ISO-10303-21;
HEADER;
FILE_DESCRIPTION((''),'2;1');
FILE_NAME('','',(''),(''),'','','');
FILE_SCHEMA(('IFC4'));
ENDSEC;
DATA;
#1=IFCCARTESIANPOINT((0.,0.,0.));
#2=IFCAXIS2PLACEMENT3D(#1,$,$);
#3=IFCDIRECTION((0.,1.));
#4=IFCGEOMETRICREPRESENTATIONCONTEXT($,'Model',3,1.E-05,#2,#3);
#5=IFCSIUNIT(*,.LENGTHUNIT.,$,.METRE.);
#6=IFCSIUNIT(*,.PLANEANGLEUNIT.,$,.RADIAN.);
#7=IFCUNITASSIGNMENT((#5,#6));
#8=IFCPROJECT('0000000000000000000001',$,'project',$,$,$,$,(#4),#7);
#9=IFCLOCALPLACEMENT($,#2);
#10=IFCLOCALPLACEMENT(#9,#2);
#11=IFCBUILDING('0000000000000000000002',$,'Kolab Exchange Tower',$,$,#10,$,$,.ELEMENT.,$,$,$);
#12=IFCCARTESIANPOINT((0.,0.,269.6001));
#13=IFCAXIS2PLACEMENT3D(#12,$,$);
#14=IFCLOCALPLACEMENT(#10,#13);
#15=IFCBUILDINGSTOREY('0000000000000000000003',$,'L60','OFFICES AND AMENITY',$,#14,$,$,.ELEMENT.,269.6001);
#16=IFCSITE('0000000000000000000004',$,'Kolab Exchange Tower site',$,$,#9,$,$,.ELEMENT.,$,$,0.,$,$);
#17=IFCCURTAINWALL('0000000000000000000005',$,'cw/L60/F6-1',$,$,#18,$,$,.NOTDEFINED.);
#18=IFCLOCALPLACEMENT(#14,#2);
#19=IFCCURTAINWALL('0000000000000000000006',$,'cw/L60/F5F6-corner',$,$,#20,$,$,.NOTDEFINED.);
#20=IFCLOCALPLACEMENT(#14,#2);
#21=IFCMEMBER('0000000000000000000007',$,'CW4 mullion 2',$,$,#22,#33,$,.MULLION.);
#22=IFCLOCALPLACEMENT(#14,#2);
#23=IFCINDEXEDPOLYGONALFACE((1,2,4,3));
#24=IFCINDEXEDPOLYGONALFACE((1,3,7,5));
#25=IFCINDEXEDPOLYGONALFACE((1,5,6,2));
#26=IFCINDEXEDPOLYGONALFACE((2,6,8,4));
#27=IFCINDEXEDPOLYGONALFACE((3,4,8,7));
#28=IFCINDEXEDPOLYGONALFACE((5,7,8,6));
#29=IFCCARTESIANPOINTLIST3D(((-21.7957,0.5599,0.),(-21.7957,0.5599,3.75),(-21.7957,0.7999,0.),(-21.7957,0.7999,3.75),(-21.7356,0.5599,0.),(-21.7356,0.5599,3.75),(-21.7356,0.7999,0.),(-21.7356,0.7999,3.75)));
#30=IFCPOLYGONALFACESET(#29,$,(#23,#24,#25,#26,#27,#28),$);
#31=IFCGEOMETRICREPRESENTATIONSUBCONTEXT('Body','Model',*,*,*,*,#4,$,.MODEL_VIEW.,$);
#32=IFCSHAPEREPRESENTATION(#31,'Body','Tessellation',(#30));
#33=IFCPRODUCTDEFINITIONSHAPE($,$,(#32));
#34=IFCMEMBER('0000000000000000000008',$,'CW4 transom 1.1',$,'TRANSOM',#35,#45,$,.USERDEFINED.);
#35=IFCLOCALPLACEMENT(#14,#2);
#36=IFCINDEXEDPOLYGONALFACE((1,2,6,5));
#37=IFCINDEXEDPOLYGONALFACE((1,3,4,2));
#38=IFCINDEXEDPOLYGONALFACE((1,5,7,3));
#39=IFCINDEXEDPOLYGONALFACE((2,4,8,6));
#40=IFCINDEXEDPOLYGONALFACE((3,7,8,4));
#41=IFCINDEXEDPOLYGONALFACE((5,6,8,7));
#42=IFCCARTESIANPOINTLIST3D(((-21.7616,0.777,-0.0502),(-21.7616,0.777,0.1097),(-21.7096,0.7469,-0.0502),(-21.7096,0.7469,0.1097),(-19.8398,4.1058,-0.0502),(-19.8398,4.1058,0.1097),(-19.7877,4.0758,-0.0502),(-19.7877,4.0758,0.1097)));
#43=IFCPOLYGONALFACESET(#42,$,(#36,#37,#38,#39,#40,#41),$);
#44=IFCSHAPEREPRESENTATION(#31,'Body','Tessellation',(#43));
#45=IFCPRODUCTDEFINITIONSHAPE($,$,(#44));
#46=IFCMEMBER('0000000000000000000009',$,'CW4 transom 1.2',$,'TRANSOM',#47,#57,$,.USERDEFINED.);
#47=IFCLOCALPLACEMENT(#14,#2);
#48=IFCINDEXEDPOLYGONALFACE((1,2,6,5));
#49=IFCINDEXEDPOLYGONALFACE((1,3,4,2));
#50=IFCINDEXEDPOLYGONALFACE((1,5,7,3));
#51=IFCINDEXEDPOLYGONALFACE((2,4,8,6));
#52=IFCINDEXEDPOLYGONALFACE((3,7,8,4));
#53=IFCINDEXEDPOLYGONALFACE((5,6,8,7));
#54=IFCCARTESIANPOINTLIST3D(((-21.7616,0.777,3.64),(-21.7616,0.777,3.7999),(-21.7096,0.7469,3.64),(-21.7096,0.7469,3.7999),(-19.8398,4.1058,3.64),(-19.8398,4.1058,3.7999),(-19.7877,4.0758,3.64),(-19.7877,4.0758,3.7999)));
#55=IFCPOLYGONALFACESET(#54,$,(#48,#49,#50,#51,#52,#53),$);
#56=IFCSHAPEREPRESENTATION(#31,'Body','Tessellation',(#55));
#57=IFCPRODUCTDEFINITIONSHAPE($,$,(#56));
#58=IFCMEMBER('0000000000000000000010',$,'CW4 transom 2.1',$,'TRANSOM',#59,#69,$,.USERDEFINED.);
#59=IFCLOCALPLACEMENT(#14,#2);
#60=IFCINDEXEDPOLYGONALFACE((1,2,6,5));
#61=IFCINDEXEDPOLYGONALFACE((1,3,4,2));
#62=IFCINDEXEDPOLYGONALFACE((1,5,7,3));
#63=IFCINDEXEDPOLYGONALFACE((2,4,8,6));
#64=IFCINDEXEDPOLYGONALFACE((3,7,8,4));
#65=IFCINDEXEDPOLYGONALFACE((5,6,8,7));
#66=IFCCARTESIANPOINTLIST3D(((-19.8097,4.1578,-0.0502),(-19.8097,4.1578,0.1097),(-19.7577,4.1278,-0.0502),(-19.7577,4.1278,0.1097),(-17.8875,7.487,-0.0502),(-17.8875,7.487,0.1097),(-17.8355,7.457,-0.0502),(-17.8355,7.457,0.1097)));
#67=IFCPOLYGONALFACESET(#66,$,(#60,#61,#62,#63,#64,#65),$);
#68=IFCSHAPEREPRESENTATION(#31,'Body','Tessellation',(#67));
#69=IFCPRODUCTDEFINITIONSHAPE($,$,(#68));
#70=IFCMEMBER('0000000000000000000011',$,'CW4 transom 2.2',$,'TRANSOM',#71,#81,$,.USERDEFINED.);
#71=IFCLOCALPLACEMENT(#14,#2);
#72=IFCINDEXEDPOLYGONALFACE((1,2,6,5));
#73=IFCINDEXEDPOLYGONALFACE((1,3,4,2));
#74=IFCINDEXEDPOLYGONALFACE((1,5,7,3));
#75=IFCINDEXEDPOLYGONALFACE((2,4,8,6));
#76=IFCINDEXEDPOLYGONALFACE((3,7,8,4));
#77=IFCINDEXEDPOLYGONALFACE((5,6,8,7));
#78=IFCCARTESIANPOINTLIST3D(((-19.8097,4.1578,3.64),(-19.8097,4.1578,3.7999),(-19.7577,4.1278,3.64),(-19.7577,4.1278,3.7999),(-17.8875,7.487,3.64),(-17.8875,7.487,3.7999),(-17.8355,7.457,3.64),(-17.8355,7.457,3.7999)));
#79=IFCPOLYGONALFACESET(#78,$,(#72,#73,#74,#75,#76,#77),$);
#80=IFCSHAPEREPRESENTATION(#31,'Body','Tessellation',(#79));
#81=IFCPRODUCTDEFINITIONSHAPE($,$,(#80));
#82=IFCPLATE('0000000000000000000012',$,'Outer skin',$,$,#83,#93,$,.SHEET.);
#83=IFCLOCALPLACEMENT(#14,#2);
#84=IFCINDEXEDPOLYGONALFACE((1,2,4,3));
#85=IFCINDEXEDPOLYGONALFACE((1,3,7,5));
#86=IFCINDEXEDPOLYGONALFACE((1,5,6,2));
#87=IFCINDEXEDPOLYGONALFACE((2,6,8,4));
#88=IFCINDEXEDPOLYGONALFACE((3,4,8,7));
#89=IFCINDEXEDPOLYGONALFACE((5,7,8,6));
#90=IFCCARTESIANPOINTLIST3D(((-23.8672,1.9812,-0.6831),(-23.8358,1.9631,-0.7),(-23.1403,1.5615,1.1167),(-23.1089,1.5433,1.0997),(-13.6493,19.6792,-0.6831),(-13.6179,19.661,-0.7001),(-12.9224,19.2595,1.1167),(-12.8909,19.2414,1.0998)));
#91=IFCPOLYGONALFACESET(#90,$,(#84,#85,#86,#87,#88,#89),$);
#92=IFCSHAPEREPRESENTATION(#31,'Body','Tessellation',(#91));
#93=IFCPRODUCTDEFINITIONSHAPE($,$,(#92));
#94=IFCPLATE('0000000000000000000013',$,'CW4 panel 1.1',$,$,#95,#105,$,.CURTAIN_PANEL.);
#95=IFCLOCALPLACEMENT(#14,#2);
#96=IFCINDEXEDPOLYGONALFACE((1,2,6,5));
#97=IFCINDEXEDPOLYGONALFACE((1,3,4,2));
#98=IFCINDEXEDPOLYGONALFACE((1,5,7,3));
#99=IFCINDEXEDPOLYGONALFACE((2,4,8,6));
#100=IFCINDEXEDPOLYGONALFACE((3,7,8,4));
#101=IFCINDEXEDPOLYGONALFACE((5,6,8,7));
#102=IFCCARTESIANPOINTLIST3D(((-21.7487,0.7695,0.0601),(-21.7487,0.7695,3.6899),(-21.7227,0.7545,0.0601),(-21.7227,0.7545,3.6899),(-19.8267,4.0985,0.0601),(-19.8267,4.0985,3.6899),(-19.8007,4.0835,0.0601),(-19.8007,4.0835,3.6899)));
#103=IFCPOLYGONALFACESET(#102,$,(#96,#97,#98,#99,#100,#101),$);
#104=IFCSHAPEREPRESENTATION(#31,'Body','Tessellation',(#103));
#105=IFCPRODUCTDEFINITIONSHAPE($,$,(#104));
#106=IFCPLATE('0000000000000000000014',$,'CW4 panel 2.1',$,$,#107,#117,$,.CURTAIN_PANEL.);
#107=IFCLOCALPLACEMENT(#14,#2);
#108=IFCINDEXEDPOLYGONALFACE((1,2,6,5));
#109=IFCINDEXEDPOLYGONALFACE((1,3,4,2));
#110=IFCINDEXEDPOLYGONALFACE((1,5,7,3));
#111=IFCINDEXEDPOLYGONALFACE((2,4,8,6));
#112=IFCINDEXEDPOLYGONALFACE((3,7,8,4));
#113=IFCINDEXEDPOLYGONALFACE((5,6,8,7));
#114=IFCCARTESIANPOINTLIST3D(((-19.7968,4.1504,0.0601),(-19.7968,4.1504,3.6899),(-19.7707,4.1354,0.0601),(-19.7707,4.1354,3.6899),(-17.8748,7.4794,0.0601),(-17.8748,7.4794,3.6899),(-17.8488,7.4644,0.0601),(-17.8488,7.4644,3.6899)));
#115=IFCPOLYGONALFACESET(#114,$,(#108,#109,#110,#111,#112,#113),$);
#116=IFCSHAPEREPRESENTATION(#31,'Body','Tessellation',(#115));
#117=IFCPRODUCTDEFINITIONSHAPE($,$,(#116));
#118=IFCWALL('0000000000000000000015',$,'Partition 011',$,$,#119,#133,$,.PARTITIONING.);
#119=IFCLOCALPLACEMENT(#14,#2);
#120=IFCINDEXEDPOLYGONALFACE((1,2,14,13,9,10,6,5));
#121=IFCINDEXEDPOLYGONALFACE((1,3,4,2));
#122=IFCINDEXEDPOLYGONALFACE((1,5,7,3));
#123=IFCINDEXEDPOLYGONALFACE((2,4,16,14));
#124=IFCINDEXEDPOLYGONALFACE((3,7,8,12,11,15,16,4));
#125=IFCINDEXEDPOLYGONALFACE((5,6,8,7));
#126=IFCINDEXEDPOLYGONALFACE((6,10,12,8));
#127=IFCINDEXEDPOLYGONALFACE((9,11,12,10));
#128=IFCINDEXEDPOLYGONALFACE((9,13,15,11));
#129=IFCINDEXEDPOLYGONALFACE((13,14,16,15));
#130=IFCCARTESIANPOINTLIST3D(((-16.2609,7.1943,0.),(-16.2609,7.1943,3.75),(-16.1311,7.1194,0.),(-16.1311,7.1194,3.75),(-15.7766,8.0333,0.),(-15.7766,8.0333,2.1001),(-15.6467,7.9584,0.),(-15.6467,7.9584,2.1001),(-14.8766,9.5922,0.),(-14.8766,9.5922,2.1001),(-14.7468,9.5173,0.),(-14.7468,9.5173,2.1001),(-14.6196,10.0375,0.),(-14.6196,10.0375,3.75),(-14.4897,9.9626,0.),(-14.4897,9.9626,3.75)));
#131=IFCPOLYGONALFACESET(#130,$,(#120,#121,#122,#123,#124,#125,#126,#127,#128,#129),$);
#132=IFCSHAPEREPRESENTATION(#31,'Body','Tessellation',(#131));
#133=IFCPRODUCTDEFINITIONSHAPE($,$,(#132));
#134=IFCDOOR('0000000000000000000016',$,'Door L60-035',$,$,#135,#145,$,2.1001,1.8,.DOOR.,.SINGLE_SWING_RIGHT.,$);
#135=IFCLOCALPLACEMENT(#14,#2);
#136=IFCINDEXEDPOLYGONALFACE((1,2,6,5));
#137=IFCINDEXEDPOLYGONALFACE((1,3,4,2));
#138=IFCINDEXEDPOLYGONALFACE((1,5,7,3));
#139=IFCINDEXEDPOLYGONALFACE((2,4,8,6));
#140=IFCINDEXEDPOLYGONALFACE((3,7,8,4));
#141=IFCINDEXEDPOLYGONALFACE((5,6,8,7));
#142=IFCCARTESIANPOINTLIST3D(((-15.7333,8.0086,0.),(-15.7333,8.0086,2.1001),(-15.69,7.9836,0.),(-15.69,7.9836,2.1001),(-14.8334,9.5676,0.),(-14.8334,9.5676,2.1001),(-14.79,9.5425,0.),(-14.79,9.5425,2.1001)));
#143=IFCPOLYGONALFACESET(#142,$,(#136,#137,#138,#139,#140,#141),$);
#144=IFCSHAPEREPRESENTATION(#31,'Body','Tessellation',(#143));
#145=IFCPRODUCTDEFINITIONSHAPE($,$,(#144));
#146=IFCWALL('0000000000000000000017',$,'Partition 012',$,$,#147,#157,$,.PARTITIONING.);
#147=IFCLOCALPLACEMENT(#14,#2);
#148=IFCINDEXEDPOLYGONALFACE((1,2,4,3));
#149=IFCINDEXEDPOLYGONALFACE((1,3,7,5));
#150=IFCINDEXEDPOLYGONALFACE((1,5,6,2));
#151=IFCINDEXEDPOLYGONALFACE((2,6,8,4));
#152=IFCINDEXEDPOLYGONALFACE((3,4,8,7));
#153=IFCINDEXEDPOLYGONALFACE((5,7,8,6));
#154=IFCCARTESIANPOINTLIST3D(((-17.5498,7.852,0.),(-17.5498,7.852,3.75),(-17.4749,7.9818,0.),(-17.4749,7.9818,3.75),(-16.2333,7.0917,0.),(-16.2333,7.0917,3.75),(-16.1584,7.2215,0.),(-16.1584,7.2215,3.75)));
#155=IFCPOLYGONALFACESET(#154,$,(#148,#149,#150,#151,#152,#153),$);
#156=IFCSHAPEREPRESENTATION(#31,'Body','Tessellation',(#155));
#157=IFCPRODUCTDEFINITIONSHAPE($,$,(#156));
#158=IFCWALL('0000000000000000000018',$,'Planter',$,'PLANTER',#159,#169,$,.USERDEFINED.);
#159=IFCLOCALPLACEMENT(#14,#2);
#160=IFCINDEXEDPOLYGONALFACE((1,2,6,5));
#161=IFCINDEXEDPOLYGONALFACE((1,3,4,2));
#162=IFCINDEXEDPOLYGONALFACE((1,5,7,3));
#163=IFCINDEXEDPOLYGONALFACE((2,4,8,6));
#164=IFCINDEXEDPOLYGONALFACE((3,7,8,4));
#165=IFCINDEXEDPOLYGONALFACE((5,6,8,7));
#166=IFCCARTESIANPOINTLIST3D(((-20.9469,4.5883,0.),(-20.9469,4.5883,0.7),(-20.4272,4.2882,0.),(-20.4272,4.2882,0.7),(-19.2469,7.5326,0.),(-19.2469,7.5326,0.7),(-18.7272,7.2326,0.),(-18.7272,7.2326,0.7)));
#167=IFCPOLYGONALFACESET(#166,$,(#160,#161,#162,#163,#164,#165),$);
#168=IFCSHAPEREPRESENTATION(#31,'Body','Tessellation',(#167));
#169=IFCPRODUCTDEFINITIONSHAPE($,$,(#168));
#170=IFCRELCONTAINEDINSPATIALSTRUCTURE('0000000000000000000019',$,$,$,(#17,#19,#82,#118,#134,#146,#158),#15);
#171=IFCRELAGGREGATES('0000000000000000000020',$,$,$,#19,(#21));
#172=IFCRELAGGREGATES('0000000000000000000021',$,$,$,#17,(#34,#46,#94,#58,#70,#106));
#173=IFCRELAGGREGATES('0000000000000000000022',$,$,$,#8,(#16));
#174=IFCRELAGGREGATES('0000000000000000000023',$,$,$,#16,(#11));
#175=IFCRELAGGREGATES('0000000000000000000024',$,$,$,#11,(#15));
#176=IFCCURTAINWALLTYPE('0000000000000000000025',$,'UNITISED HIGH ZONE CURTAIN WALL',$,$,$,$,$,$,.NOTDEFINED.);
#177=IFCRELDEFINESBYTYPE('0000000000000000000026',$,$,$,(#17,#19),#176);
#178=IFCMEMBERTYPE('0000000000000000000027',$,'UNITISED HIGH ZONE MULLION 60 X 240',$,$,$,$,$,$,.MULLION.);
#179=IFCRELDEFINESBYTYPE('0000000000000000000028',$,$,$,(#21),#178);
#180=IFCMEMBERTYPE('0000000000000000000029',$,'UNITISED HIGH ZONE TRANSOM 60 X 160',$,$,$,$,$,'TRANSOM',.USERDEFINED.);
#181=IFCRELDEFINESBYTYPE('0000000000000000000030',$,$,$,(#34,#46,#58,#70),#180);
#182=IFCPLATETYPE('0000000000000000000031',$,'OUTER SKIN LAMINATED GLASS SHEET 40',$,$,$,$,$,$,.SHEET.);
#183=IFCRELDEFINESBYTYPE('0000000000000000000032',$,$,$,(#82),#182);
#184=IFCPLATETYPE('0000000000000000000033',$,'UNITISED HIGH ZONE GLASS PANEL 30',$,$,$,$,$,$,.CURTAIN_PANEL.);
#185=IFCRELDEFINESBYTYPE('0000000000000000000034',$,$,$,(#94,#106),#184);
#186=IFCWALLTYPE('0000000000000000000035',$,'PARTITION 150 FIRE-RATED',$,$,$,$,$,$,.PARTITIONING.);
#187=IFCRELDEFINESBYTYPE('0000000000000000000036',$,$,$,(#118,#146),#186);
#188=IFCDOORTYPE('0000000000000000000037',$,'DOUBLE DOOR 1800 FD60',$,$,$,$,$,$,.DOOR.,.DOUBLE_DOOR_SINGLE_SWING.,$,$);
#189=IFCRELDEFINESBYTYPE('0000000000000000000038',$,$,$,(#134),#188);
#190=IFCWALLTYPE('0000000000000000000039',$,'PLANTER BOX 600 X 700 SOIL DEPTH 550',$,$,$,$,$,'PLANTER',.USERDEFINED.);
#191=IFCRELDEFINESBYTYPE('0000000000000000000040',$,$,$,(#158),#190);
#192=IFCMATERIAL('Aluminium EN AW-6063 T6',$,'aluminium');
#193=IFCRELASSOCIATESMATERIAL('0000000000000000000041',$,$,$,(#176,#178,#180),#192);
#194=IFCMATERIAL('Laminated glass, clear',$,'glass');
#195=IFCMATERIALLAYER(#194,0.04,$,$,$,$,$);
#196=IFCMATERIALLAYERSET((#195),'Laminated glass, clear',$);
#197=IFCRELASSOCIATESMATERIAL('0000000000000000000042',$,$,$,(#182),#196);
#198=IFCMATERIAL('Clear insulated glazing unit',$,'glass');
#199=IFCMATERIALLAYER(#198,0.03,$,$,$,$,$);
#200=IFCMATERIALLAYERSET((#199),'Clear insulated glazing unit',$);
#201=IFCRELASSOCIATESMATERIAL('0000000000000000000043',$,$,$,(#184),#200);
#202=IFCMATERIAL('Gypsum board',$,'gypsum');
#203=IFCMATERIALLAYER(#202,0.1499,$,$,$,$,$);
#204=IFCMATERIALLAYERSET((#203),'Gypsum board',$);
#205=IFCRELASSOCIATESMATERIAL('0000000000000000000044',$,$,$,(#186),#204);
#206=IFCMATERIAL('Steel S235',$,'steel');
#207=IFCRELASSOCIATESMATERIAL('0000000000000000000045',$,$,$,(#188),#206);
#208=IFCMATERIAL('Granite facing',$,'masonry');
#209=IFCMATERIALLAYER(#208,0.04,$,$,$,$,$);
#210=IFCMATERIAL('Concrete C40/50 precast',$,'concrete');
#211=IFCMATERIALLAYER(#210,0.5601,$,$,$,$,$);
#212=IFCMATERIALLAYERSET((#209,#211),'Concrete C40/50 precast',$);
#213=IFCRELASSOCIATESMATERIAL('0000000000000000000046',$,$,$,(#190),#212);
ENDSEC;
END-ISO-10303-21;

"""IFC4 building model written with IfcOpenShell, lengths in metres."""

from ifc_helpers import new_model, si_unit, direction, frame, frame_2d, origin, origin_2d, place, context, subcontext, project, spatial, polyline, rectangle, outline, extrude, material, layer, layer_set, material_profile, profile_set, type_object, element, fill, aggregate, save


model = new_model("IFC4")

# Units and contexts
model_context = context("Model", 3, precision=1e-05, world=origin(), true_north=direction((0.0, 1.0)))
body_context = subcontext(model_context, "Body", "Model", "MODEL_VIEW")
ifc_project = project(units=[si_unit("LENGTHUNIT", "METRE"), si_unit("PLANEANGLEUNIT", "RADIAN")], contexts=[model_context])

# Site, building, storey
site_placement = place(None, origin())
site = spatial("IfcSite", under=ifc_project, at=site_placement, Name="Kolab Exchange Tower site", CompositionType="ELEMENT", RefElevation=0.0)
building_placement = place(site_placement, origin())
building = spatial("IfcBuilding", under=site, at=building_placement, Name="Kolab Exchange Tower", CompositionType="ELEMENT")
storey_placement = place(building_placement, frame((0.0, 0.0, 269.6001)))
storey = spatial("IfcBuildingStorey", under=building, at=storey_placement, Name="L60", Description="OFFICES AND AMENITY", CompositionType="ELEMENT", Elevation=269.6001)

# Curtain wall
ifc_material_1 = material(Name="Aluminium EN AW-6063 T6", Category="aluminium")
curtain_wall_type = type_object("IfcCurtainWallType", Name="UNITISED HIGH ZONE CURTAIN WALL", PredefinedType="NOTDEFINED", material=ifc_material_1)
curtain_wall_1_placement = place(storey_placement, origin())
curtain_wall_1 = element("IfcCurtainWall", 1, at=curtain_wall_1_placement, inside=storey, type_object=curtain_wall_type, Name="cw/L60/F6-1", PredefinedType="NOTDEFINED")
ifc_material_profile_1 = material_profile(ifc_material_1, rectangle(XDim=0.0601, YDim=0.24, at=origin_2d()), Name="RECT 60X240")
ifc_profile_set_1 = profile_set([ifc_material_profile_1], Name="Aluminium EN AW-6063 T6")
member_type_1 = type_object("IfcMemberType", Name="UNITISED HIGH ZONE MULLION 60 X 240", PredefinedType="MULLION", material=ifc_profile_set_1)

# Curtain wall, member
curtain_wall_2_placement = place(storey_placement, origin())
curtain_wall_2 = element("IfcCurtainWall", 2, at=curtain_wall_2_placement, inside=storey, type_object=curtain_wall_type, Name="cw/L60/F5F6-corner", PredefinedType="NOTDEFINED")
member_1_placement = place(storey_placement, frame((-21.7656, 0.6799, 0.0), z_axis=(0.0, 0.0, 1.0), x_axis=(-1.0, 0.0, 0.0)))
member_1 = element("IfcMember", 3, at=member_1_placement, type_object=member_type_1, Name="CW4 mullion 2", PredefinedType="MULLION", context=body_context, shape_type="SweptSolid", body=[
    extrude(rectangle(XDim=0.0601, YDim=0.24, at=origin_2d()), origin(), (0.0, 0.0, 1.0), 3.75),
])
aggregate(curtain_wall_2, [member_1])

# Members
ifc_material_profile_2 = material_profile(ifc_material_1, rectangle(XDim=0.0601, YDim=0.1599, at=origin_2d()), Name="RECT 60X160")
ifc_profile_set_2 = profile_set([ifc_material_profile_2], Name="Aluminium EN AW-6063 T6")
member_type_2 = type_object("IfcMemberType", Name="UNITISED HIGH ZONE TRANSOM 60 X 160", ElementType="TRANSOM", PredefinedType="USERDEFINED", material=ifc_profile_set_2)
member_2_placement = place(storey_placement, frame((-21.7356, 0.762, 0.0298), z_axis=(0.499992, 0.86603, 0.0), x_axis=(-0.86603, 0.499992, 0.0)))
member_2 = element("IfcMember", 4, at=member_2_placement, type_object=member_type_2, Name="CW4 transom 1.1", ObjectType="TRANSOM", PredefinedType="USERDEFINED", context=body_context, shape_type="SweptSolid", body=[
    extrude(rectangle(XDim=0.0601, YDim=0.1599, at=origin_2d()), origin(), (0.0, 0.0, 1.0), 3.8438),
])
member_3_placement = place(storey_placement, frame((-21.7356, 0.762, 3.72), z_axis=(0.499992, 0.86603, 0.0), x_axis=(-0.86603, 0.499992, 0.0)))
member_3 = element("IfcMember", 5, at=member_3_placement, type_object=member_type_2, Name="CW4 transom 1.2", ObjectType="TRANSOM", PredefinedType="USERDEFINED", context=body_context, shape_type="SweptSolid", body=[
    extrude(rectangle(XDim=0.0601, YDim=0.1599, at=origin_2d()), origin(), (0.0, 0.0, 1.0), 3.8438),
])
member_4_placement = place(storey_placement, frame((-19.7837, 4.1428, 0.0298), z_axis=(0.500012, 0.866018, 0.0), x_axis=(-0.866018, 0.500012, 0.0)))
member_4 = element("IfcMember", 6, at=member_4_placement, type_object=member_type_2, Name="CW4 transom 2.1", ObjectType="TRANSOM", PredefinedType="USERDEFINED", context=body_context, shape_type="SweptSolid", body=[
    extrude(rectangle(XDim=0.0601, YDim=0.1599, at=origin_2d()), origin(), (0.0, 0.0, 1.0), 3.8442),
])
member_5_placement = place(storey_placement, frame((-19.7837, 4.1428, 3.72), z_axis=(0.500012, 0.866018, 0.0), x_axis=(-0.866018, 0.500012, 0.0)))
member_5 = element("IfcMember", 7, at=member_5_placement, type_object=member_type_2, Name="CW4 transom 2.2", ObjectType="TRANSOM", PredefinedType="USERDEFINED", context=body_context, shape_type="SweptSolid", body=[
    extrude(rectangle(XDim=0.0601, YDim=0.1599, at=origin_2d()), origin(), (0.0, 0.0, 1.0), 3.8442),
])

# Plates
ifc_material_2 = material(Name="Laminated glass, clear", Category="glass")
ifc_layer_1 = layer(ifc_material_2, 0.04)
ifc_layer_set_1 = layer_set([ifc_layer_1], Name="Laminated glass, clear")
plate_type_1 = type_object("IfcPlateType", Name="OUTER SKIN LAMINATED GLASS SHEET 40", PredefinedType="SHEET", material=ifc_layer_set_1)
plate_1_placement = place(storey_placement, frame((-23.8672, 1.9812, -0.6831), z_axis=(-0.784867, 0.453141, 0.422666), x_axis=(0.499997, 0.866027, -0.000002)))
element("IfcPlate", 8, at=plate_1_placement, inside=storey, type_object=plate_type_1, Name="Outer skin", PredefinedType="SHEET", context=body_context, shape_type="SweptSolid", body=[
    extrude(outline(polyline([(0.0, 0.0), (20.4358, 0.0), (20.4359, -1.986), (-0.0001, -1.9859), (0.0, 0.0)])), origin(), (0.0, 0.0, -1.0), 0.04),
])
ifc_material_3 = material(Name="Clear insulated glazing unit", Category="glass")
ifc_layer_2 = layer(ifc_material_3, 0.03)
ifc_layer_set_2 = layer_set([ifc_layer_2], Name="Clear insulated glazing unit")
plate_type_2 = type_object("IfcPlateType", Name="UNITISED HIGH ZONE GLASS PANEL 30", PredefinedType="CURTAIN_PANEL", material=ifc_layer_set_2)
plate_2_placement = place(storey_placement, frame((-20.7747, 2.4265, 0.0601), z_axis=(0.0, 0.0, 1.0), x_axis=(0.5, 0.866025, 0.0)))
plate_2 = element("IfcPlate", 9, at=plate_2_placement, type_object=plate_type_2, Name="CW4 panel 1.1", PredefinedType="CURTAIN_PANEL", context=body_context, shape_type="SweptSolid", body=[
    extrude(rectangle(XDim=3.844, YDim=0.03, at=origin_2d()), origin(), (0.0, 0.0, 1.0), 3.6299),
])
plate_3_placement = place(storey_placement, frame((-18.8228, 5.8074, 0.0601), z_axis=(0.0, 0.0, 1.0), x_axis=(0.5, 0.866025, 0.0)))
plate_3 = element("IfcPlate", 10, at=plate_3_placement, type_object=plate_type_2, Name="CW4 panel 2.1", PredefinedType="CURTAIN_PANEL", context=body_context, shape_type="SweptSolid", body=[
    extrude(rectangle(XDim=3.844, YDim=0.03, at=origin_2d()), origin(), (0.0, 0.0, 1.0), 3.6299),
])
aggregate(curtain_wall_1, [member_2, member_3, plate_2, member_4, member_5, plate_3])

# Wall, opening, door
ifc_material_4 = material(Name="Gypsum board", Category="gypsum")
ifc_layer_3 = layer(ifc_material_4, 0.1499)
ifc_layer_set_3 = layer_set([ifc_layer_3], Name="Gypsum board")
wall_type_1 = type_object("IfcWallType", Name="PARTITION 150 FIRE-RATED", PredefinedType="PARTITIONING", material=ifc_layer_set_3)
wall_1_placement = place(storey_placement, frame((-16.196, 7.1567, 0.0), z_axis=(0.0, 0.0, 1.0), x_axis=(0.499954, 0.866052, 0.0)))
wall_1 = element("IfcWall", 11, at=wall_1_placement, inside=storey, type_object=wall_type_1, Name="Partition 011", PredefinedType="PARTITIONING", context=body_context, shape_type="SweptSolid", body=[
    extrude(rectangle(XDim=3.283, YDim=0.1499, at=frame_2d((1.6416, 0.0))), origin(), (0.0, 0.0, 1.0), 3.75),
])
opening_1_placement = place(wall_1_placement, frame((0.969, 0.0, 0.0)))
opening_1 = element("IfcOpeningElement", 12, at=opening_1_placement, cuts=wall_1, PredefinedType="OPENING", context=body_context, shape_type="SweptSolid", body=[
    extrude(rectangle(XDim=1.8, YDim=2.1001, at=frame_2d((0.8999, 1.05))), frame((0.0, 0.085, 0.0), z_axis=(0.0, -1.0, 0.0), x_axis=(1.0, 0.0, 0.0)), (0.0, 0.0, 1.0), 0.1699),
])
ifc_material_5 = material(Name="Steel S235", Category="steel")
door_type_1 = type_object("IfcDoorType", Name="DOUBLE DOOR 1800 FD60", OperationType="DOUBLE_DOOR_SINGLE_SWING", PredefinedType="DOOR", material=ifc_material_5)
door_1_placement = place(opening_1_placement, frame((1.8, 0.0, 0.0), z_axis=(0.0, 0.0, 1.0), x_axis=(-1.0, 0.0, 0.0)))
door_1 = element("IfcDoor", 13, at=door_1_placement, inside=storey, type_object=door_type_1, Name="Door L60-035", OperationType="SINGLE_SWING_RIGHT", OverallHeight=2.1001, OverallWidth=1.8, PredefinedType="DOOR", context=body_context, shape_type="SweptSolid", body=[
    extrude(rectangle(XDim=1.8, YDim=2.1001, at=frame_2d((0.8999, 1.05))), frame((0.0, 0.0249, 0.0), z_axis=(0.0, -1.0, 0.0), x_axis=(1.0, 0.0, 0.0)), (0.0, 0.0, 1.0), 0.05),
])
fill(opening_1, door_1)

# Walls
wall_2_placement = place(storey_placement, frame((-17.5125, 7.917, 0.0), z_axis=(0.0, 0.0, 1.0), x_axis=(0.865961, -0.500112, 0.0)))
element("IfcWall", 14, at=wall_2_placement, inside=storey, type_object=wall_type_1, Name="Partition 012", PredefinedType="PARTITIONING", context=body_context, shape_type="SweptSolid", body=[
    extrude(rectangle(XDim=1.5203, YDim=0.1499, at=frame_2d((0.7603, 0.0))), origin(), (0.0, 0.0, 1.0), 3.75),
])
ifc_material_6 = material(Name="Granite facing", Category="masonry")
ifc_layer_4 = layer(ifc_material_6, 0.04)
ifc_material_7 = material(Name="Concrete C40/50 precast", Category="concrete")
ifc_layer_5 = layer(ifc_material_7, 0.5601)
ifc_layer_set_4 = layer_set([ifc_layer_4, ifc_layer_5], Name="Concrete C40/50 precast")
wall_type_2 = type_object("IfcWallType", Name="PLANTER BOX 600 X 700 SOIL DEPTH 550", ElementType="PLANTER", PredefinedType="USERDEFINED", material=ifc_layer_set_4)
wall_3_placement = place(storey_placement, frame((-20.687, 4.4382, 0.0), z_axis=(0.0, 0.0, 1.0), x_axis=(0.500008, 0.866021, 0.0)))
element("IfcWall", 15, at=wall_3_placement, inside=storey, type_object=wall_type_2, Name="Planter", ObjectType="PLANTER", PredefinedType="USERDEFINED", context=body_context, shape_type="SweptSolid", body=[
    extrude(rectangle(XDim=3.3999, YDim=0.6001, at=frame_2d((1.7, 0.0))), origin(), (0.0, 0.0, 1.0), 0.7),
])

save(model, "model.ifc")
